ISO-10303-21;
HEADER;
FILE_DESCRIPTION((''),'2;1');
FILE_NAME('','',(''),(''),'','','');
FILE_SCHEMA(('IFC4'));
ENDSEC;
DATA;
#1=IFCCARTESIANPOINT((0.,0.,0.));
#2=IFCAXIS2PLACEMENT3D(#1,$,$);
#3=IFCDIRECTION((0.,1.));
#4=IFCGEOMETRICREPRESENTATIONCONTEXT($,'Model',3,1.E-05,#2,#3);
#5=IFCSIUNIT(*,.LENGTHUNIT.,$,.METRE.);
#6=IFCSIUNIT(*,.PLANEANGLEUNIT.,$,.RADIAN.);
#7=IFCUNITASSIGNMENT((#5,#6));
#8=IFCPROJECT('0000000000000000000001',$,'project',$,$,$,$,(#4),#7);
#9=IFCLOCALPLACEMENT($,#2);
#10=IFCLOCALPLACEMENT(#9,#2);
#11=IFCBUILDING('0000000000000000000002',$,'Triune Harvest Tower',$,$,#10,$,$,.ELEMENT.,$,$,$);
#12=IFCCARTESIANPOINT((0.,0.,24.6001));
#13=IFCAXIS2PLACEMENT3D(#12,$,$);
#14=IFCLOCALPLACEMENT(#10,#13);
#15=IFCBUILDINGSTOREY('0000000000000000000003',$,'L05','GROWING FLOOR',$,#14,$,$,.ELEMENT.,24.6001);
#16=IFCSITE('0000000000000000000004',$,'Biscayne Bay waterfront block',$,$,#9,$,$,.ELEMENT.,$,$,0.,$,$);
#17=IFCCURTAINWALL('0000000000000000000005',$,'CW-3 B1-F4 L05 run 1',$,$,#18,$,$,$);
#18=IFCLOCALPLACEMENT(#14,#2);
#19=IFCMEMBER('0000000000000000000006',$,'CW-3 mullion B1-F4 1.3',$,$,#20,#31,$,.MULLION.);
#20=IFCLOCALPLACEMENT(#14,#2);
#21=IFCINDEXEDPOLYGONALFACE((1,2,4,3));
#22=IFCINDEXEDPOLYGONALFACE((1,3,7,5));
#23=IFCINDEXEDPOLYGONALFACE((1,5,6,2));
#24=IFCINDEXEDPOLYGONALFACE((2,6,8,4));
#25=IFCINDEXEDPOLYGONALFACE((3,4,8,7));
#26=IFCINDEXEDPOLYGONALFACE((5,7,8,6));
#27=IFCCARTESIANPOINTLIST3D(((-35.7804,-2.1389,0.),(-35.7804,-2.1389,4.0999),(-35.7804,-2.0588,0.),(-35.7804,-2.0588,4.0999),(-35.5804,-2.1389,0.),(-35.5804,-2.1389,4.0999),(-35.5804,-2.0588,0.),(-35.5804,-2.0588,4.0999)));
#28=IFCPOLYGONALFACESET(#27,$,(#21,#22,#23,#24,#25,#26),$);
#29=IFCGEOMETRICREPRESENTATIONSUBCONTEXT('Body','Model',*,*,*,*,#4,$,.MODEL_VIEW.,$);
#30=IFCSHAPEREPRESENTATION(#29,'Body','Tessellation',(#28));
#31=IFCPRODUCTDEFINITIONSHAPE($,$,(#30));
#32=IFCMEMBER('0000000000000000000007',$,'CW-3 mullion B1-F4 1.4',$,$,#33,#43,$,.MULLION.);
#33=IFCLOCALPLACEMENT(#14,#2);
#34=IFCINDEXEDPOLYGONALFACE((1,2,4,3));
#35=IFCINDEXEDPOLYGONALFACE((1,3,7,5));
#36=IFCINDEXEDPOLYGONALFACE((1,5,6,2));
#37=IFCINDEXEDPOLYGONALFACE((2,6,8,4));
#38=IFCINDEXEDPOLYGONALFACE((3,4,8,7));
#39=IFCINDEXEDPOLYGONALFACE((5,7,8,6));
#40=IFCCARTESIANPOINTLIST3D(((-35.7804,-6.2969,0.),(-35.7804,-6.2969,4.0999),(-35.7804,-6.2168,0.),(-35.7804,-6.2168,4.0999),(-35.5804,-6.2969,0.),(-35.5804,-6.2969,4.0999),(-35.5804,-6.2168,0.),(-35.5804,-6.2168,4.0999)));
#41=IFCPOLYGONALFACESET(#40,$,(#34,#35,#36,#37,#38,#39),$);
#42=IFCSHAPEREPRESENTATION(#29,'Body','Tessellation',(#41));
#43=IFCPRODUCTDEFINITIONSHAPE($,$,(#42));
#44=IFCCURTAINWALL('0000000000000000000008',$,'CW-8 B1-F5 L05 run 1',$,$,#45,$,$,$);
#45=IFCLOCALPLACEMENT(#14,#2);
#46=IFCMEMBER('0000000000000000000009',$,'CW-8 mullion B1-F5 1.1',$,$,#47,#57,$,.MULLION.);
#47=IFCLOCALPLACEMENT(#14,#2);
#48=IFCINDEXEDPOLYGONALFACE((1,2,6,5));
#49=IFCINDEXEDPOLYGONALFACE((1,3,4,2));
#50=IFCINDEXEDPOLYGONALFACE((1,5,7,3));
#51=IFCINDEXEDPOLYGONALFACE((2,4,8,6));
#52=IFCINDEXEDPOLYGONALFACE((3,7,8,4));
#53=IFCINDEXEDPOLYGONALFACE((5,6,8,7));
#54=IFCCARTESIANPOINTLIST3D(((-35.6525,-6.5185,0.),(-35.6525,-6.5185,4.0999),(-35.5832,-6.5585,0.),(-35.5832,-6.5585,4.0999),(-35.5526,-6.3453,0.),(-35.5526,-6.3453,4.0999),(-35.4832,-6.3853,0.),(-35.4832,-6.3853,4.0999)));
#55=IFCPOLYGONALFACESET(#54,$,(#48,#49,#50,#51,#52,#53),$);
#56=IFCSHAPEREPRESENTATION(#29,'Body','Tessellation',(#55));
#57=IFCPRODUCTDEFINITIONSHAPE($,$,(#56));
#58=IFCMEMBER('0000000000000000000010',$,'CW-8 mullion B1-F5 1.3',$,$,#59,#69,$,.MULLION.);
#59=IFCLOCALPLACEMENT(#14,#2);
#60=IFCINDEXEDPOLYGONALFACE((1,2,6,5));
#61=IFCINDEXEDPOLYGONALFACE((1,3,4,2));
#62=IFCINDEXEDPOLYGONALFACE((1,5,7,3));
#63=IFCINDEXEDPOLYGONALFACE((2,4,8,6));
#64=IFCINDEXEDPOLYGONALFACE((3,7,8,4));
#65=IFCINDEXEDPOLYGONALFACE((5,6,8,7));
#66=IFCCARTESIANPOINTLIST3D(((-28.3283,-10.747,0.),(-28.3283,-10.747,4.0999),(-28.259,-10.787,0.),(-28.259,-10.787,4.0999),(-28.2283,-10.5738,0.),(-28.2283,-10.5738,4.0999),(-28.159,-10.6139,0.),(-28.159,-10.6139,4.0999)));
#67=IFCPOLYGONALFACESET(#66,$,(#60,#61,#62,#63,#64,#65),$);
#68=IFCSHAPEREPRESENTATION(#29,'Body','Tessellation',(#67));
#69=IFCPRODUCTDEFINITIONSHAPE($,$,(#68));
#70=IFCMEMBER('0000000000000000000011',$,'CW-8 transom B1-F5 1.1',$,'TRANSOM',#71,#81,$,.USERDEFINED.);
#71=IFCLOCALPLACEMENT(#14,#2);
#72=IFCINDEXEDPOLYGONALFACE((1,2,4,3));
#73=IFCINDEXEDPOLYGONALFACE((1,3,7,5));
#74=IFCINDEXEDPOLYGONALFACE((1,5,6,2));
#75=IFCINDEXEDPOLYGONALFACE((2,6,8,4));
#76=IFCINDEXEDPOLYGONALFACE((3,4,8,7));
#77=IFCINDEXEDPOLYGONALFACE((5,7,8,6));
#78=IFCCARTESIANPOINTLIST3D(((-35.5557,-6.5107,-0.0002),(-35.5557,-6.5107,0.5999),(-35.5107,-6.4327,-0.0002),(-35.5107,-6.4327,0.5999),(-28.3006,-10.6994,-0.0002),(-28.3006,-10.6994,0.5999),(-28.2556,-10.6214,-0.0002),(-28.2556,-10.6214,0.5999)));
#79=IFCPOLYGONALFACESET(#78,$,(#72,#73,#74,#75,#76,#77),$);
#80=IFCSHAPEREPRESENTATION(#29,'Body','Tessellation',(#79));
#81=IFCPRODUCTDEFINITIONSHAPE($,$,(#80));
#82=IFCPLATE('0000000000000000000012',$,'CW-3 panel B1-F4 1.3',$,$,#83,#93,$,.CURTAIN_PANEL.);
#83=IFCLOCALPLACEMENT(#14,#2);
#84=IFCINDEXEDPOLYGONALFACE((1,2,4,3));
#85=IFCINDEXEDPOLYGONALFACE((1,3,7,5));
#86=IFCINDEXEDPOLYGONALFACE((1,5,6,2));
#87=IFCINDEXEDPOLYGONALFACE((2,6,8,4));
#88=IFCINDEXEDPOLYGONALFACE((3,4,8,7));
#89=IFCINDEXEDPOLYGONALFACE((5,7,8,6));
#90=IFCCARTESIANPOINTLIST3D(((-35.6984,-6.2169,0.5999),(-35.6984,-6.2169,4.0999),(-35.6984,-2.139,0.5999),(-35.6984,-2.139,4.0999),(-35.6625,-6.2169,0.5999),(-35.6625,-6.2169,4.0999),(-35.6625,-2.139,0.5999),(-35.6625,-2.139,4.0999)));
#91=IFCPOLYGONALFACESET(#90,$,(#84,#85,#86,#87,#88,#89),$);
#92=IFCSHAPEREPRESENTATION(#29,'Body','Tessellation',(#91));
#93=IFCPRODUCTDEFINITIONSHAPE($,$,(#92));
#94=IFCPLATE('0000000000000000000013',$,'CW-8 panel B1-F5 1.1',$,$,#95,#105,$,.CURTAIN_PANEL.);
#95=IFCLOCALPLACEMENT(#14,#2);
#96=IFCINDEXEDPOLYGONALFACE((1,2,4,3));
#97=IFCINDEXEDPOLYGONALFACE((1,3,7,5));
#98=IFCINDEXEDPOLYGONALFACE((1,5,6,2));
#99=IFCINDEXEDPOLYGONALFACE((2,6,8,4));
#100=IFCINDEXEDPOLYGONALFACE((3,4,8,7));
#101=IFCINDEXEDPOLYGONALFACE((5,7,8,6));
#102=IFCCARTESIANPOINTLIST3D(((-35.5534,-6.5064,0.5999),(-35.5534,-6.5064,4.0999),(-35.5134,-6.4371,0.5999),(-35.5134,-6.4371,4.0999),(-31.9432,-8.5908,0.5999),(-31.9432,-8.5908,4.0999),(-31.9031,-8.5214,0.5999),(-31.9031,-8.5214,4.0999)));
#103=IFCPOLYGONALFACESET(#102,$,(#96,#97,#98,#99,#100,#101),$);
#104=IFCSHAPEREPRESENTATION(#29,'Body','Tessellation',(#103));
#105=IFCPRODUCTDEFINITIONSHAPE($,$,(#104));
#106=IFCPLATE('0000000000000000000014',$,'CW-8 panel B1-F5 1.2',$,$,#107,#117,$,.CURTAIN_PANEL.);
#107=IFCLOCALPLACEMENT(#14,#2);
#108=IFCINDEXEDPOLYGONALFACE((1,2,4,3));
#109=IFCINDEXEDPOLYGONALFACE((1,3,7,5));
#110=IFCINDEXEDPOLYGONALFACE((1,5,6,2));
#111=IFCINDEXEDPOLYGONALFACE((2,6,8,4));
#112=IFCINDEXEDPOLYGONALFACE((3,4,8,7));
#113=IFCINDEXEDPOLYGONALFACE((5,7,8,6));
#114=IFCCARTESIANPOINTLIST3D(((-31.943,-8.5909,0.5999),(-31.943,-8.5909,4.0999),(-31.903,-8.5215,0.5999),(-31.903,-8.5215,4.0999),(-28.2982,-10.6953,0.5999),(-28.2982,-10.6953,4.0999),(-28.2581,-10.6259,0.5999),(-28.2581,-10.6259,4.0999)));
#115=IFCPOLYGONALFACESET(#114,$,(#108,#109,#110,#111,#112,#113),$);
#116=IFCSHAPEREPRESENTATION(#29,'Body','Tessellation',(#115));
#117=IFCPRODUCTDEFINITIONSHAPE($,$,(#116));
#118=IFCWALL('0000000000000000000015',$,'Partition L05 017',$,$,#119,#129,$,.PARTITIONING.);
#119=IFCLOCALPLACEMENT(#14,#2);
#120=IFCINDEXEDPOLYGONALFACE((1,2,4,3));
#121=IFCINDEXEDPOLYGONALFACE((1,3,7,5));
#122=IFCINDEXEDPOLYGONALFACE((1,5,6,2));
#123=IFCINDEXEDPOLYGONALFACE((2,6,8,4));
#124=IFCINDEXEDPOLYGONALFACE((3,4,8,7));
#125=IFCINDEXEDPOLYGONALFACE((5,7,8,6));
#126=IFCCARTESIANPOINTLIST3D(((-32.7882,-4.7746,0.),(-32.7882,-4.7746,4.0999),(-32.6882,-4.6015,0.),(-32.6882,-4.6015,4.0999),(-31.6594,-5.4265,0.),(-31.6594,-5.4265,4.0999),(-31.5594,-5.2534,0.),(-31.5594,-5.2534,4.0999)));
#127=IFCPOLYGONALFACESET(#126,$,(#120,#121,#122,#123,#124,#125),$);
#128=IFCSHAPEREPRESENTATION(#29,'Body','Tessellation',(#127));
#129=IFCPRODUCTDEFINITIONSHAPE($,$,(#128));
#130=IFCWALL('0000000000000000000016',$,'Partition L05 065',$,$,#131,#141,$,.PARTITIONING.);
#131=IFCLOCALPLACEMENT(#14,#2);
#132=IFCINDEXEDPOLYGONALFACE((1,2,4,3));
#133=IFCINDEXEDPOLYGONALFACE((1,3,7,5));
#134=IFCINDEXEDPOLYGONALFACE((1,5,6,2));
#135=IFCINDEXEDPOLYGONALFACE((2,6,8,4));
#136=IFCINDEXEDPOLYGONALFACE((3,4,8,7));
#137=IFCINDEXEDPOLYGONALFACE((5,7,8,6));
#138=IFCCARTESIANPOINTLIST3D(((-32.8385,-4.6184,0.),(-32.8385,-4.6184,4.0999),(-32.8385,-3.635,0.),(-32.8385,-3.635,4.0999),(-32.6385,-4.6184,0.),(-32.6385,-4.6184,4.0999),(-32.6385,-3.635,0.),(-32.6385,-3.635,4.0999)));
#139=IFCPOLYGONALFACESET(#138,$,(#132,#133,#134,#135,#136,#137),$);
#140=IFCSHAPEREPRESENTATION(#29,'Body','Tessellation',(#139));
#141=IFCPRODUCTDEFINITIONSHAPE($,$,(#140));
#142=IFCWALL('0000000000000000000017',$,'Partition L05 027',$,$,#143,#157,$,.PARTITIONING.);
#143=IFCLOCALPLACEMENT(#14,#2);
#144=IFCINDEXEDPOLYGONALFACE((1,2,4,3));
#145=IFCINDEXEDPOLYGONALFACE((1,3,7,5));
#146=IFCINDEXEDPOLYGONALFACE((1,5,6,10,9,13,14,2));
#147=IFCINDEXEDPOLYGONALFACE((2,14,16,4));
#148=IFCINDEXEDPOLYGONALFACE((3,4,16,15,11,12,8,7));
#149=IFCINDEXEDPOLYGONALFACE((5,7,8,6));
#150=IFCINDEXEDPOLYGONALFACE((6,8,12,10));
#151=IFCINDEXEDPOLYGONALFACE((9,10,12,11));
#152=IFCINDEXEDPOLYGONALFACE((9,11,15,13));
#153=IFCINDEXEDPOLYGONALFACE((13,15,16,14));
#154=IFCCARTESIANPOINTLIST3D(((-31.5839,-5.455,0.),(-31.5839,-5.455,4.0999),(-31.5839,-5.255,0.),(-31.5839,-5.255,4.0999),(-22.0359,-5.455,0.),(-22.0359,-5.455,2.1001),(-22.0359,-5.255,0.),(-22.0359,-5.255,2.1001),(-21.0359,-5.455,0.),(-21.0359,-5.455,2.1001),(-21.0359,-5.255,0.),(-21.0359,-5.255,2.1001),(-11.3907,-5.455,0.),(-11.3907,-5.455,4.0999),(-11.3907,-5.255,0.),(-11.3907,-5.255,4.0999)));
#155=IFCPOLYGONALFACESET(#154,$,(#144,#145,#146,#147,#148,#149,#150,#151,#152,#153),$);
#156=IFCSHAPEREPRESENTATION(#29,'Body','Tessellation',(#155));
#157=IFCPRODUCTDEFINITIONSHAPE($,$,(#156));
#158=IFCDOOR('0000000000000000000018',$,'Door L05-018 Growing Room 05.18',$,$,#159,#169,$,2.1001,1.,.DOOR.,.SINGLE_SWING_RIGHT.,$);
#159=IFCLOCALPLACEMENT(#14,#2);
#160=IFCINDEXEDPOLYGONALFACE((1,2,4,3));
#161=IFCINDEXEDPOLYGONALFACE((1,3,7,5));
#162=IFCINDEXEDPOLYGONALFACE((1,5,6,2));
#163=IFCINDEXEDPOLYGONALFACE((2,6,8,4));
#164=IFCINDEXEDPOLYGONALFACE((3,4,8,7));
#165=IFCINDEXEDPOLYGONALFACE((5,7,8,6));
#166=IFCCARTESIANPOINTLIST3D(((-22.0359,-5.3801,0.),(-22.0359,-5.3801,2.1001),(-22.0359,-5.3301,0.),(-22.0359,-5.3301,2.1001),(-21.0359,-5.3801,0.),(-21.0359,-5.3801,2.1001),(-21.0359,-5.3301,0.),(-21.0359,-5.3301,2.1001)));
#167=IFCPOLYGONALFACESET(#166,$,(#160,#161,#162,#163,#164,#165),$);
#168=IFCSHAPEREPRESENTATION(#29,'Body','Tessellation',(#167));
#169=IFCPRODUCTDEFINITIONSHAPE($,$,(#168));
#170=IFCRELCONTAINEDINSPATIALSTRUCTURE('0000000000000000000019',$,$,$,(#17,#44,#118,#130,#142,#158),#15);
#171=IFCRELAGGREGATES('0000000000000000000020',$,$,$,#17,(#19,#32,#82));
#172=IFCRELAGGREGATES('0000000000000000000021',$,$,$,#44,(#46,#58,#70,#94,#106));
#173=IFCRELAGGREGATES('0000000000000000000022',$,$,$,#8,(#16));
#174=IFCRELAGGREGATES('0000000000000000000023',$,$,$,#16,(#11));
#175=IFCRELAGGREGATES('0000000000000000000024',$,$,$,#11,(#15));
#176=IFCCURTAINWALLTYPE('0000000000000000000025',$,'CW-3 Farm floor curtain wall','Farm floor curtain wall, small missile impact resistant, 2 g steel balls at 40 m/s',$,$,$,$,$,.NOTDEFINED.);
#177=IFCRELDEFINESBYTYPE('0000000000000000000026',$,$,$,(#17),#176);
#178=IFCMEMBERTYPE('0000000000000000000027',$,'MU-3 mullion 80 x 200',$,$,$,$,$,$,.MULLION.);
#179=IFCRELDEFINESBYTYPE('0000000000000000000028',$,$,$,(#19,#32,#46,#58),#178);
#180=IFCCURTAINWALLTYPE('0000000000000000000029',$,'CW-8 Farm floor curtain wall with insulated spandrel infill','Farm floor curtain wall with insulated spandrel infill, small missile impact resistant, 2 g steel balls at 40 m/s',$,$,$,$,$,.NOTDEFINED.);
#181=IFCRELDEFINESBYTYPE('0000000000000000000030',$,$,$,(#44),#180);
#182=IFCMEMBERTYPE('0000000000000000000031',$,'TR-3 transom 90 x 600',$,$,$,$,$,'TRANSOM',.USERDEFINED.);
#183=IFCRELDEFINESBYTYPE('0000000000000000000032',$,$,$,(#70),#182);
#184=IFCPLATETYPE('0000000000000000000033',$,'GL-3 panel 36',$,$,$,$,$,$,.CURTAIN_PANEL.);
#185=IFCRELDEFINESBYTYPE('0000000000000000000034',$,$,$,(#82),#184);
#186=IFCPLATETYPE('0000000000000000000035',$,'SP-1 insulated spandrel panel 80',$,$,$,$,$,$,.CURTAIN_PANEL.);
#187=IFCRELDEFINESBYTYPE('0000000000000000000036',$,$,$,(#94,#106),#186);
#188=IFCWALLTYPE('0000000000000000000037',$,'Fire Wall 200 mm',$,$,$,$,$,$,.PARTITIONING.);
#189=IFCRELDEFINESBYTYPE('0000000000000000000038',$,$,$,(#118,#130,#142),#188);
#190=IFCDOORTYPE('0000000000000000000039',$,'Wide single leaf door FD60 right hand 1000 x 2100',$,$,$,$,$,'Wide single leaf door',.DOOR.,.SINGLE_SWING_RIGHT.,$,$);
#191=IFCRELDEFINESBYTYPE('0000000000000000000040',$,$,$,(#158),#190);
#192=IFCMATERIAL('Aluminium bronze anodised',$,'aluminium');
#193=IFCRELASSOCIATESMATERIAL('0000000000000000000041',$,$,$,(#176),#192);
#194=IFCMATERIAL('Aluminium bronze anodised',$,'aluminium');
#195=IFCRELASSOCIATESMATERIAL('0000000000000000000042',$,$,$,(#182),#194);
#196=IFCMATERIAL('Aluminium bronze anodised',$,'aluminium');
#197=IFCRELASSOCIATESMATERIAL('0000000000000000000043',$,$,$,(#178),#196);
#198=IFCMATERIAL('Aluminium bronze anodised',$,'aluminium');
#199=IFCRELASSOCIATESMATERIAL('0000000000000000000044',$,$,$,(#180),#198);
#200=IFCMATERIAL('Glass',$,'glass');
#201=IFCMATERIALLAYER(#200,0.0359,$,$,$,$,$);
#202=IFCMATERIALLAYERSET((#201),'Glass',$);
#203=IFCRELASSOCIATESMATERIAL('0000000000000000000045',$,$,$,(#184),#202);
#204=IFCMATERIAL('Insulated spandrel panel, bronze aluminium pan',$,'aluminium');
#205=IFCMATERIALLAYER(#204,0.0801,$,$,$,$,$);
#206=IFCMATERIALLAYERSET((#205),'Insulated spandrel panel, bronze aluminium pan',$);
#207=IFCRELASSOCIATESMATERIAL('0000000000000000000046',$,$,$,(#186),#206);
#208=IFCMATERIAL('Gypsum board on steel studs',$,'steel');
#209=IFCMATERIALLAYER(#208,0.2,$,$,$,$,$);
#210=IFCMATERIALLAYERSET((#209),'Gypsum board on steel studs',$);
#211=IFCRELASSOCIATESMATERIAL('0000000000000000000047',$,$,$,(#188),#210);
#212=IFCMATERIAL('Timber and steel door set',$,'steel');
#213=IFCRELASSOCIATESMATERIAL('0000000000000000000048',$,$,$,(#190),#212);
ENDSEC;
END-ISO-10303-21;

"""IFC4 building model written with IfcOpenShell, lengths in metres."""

from ifc_helpers import new_model, si_unit, direction, frame, frame_2d, origin, origin_2d, place, context, subcontext, project, spatial, rectangle, extrude, source, transform, mapped, material, layer, layer_set, material_profile, profile_set, type_object, element, fill, aggregate, save


model = new_model("IFC4")

# Units and contexts
model_context = context("Model", 3, precision=1e-05, world=origin(), true_north=direction((0.0, 1.0)))
body_context = subcontext(model_context, "Body", "Model", "MODEL_VIEW")
ifc_project = project(units=[si_unit("LENGTHUNIT", "METRE"), si_unit("PLANEANGLEUNIT", "RADIAN")], contexts=[model_context])

# Site, building, storey
site_placement = place(None, origin())
site = spatial("IfcSite", under=ifc_project, at=site_placement, Name="Biscayne Bay waterfront block", CompositionType="ELEMENT", RefElevation=0.0)
building_placement = place(site_placement, origin())
building = spatial("IfcBuilding", under=site, at=building_placement, Name="Triune Harvest Tower", CompositionType="ELEMENT")
storey_placement = place(building_placement, frame((0.0, 0.0, 24.6001)))
storey = spatial("IfcBuildingStorey", under=building, at=storey_placement, Name="L05", Description="GROWING FLOOR", CompositionType="ELEMENT", Elevation=24.6001)

# Curtain walls, members
ifc_material_1 = material(Name="Aluminium bronze anodised", Category="aluminium")
curtain_wall_type_1 = type_object("IfcCurtainWallType", Name="CW-3 Farm floor curtain wall", Description="Farm floor curtain wall, small missile impact resistant, 2 g steel balls at 40 m/s", PredefinedType="NOTDEFINED", material=ifc_material_1)
curtain_wall_1_placement = place(storey_placement, origin())
curtain_wall_1 = element("IfcCurtainWall", 1, at=curtain_wall_1_placement, inside=storey, type_object=curtain_wall_type_1, Name="CW-3 B1-F4 L05 run 1")
ifc_material_2 = material(Name="Aluminium bronze anodised", Category="aluminium")
ifc_material_profile_1 = material_profile(ifc_material_2, rectangle(XDim=0.0901, YDim=0.6001, at=origin_2d()), Name="TR-3 transom 90 x 600")
ifc_profile_set_1 = profile_set([ifc_material_profile_1], Name="Aluminium bronze anodised")
member_type_1 = type_object("IfcMemberType", Name="TR-3 transom 90 x 600", ElementType="TRANSOM", PredefinedType="USERDEFINED", material=ifc_profile_set_1)
ifc_material_3 = material(Name="Aluminium bronze anodised", Category="aluminium")
ifc_material_profile_2 = material_profile(ifc_material_3, rectangle(XDim=0.2, YDim=0.0801, at=origin_2d()), Name="MU-3 mullion 80 x 200")
ifc_profile_set_2 = profile_set([ifc_material_profile_2], Name="Aluminium bronze anodised")
member_type_2 = type_object("IfcMemberType", Name="MU-3 mullion 80 x 200", PredefinedType="MULLION", material=ifc_profile_set_2)
shared_shape_1 = source(origin(), body_context, "Body", "SweptSolid", [
    extrude(rectangle(XDim=0.2, YDim=0.0801, at=origin_2d()), origin(), (0.0, 0.0, 1.0), 4.0999),
])
member_1_placement = place(storey_placement, frame((-35.6804, -2.0989, 0.0), z_axis=(0.0, 0.0, 1.0), x_axis=(1.0, 0.0, 0.0)))
member_1 = element("IfcMember", 2, at=member_1_placement, type_object=member_type_2, Name="CW-3 mullion B1-F4 1.3", PredefinedType="MULLION", context=body_context, shape_type="MappedRepresentation", body=[
    mapped(shared_shape_1, transform((0.0, 0.0, 0.0), scale=1.0)),
])
member_2_placement = place(storey_placement, frame((-35.6804, -6.2568, 0.0), z_axis=(0.0, 0.0, 1.0), x_axis=(1.0, 0.0, 0.0)))
member_2 = element("IfcMember", 3, at=member_2_placement, type_object=member_type_2, Name="CW-3 mullion B1-F4 1.4", PredefinedType="MULLION", context=body_context, shape_type="MappedRepresentation", body=[
    mapped(shared_shape_1, transform((0.0, 0.0, 0.0), scale=1.0)),
])
ifc_material_4 = material(Name="Aluminium bronze anodised", Category="aluminium")
curtain_wall_type_2 = type_object("IfcCurtainWallType", Name="CW-8 Farm floor curtain wall with insulated spandrel infill", Description="Farm floor curtain wall with insulated spandrel infill, small missile impact resistant, 2 g steel balls at 40 m/s", PredefinedType="NOTDEFINED", material=ifc_material_4)
curtain_wall_2_placement = place(storey_placement, origin())
curtain_wall_2 = element("IfcCurtainWall", 4, at=curtain_wall_2_placement, inside=storey, type_object=curtain_wall_type_2, Name="CW-8 B1-F5 L05 run 1")
member_3_placement = place(storey_placement, frame((-35.5679, -6.4519, 0.0), z_axis=(0.0, 0.0, 1.0), x_axis=(0.499999, 0.866026, 0.0)))
member_3 = element("IfcMember", 5, at=member_3_placement, type_object=member_type_2, Name="CW-8 mullion B1-F5 1.1", PredefinedType="MULLION", context=body_context, shape_type="MappedRepresentation", body=[
    mapped(shared_shape_1, transform((0.0, 0.0, 0.0), scale=1.0)),
])
member_4_placement = place(storey_placement, frame((-28.2437, -10.6804, 0.0), z_axis=(0.0, 0.0, 1.0), x_axis=(0.499999, 0.866026, 0.0)))
member_4 = element("IfcMember", 6, at=member_4_placement, type_object=member_type_2, Name="CW-8 mullion B1-F5 1.3", PredefinedType="MULLION", context=body_context, shape_type="MappedRepresentation", body=[
    mapped(shared_shape_1, transform((0.0, 0.0, 0.0), scale=1.0)),
])
shared_shape_2 = source(origin(), body_context, "Body", "SweptSolid", [
    extrude(rectangle(XDim=0.0901, YDim=0.6001, at=origin_2d()), origin(), (0.0, 0.0, 1.0), 8.3774),
])
member_5_placement = place(storey_placement, frame((-35.5332, -6.4717, 0.2998), z_axis=(0.866027, -0.499997, 0.0), x_axis=(0.499997, 0.866027, 0.0)))
member_5 = element("IfcMember", 7, at=member_5_placement, type_object=member_type_1, Name="CW-8 transom B1-F5 1.1", ObjectType="TRANSOM", PredefinedType="USERDEFINED", context=body_context, shape_type="MappedRepresentation", body=[
    mapped(shared_shape_2, transform((0.0, 0.0, 0.0), scale=1.0)),
])

# Plates
ifc_material_5 = material(Name="Glass", Category="glass")
ifc_layer_1 = layer(ifc_material_5, 0.0359)
ifc_layer_set_1 = layer_set([ifc_layer_1], Name="Glass")
plate_type_1 = type_object("IfcPlateType", Name="GL-3 panel 36", PredefinedType="CURTAIN_PANEL", material=ifc_layer_set_1)
shared_shape_3 = source(origin(), body_context, "Body", "SweptSolid", [
    extrude(rectangle(XDim=4.0779, YDim=0.0359, at=origin_2d()), origin(), (0.0, 0.0, 1.0), 3.5),
])
plate_1_placement = place(storey_placement, frame((-35.6804, -4.178, 0.5999), z_axis=(0.0, 0.0, 1.0), x_axis=(0.0, -1.0, 0.0)))
plate_1 = element("IfcPlate", 8, at=plate_1_placement, type_object=plate_type_1, Name="CW-3 panel B1-F4 1.3", PredefinedType="CURTAIN_PANEL", context=body_context, shape_type="MappedRepresentation", body=[
    mapped(shared_shape_3, transform((0.0, 0.0, 0.0), scale=1.0)),
])
aggregate(curtain_wall_1, [member_1, member_2, plate_1])
ifc_material_6 = material(Name="Insulated spandrel panel, bronze aluminium pan", Category="aluminium")
ifc_layer_2 = layer(ifc_material_6, 0.0801)
ifc_layer_set_2 = layer_set([ifc_layer_2], Name="Insulated spandrel panel, bronze aluminium pan")
plate_type_2 = type_object("IfcPlateType", Name="SP-1 insulated spandrel panel 80", PredefinedType="CURTAIN_PANEL", material=ifc_layer_set_2)
shared_shape_4 = source(origin(), body_context, "Body", "SweptSolid", [
    extrude(rectangle(XDim=4.1687, YDim=0.0801, at=origin_2d()), origin(), (0.0, 0.0, 1.0), 3.5),
])
plate_2_placement = place(storey_placement, frame((-33.7283, -7.5139, 0.5999), z_axis=(0.0, 0.0, 1.0), x_axis=(0.866026, -0.499999, 0.0)))
plate_2 = element("IfcPlate", 9, at=plate_2_placement, type_object=plate_type_2, Name="CW-8 panel B1-F5 1.1", PredefinedType="CURTAIN_PANEL", context=body_context, shape_type="MappedRepresentation", body=[
    mapped(shared_shape_4, transform((0.0, 0.0, 0.0), scale=1.0)),
])
shared_shape_5 = source(origin(), body_context, "Body", "SweptSolid", [
    extrude(rectangle(XDim=4.2087, YDim=0.0801, at=origin_2d()), origin(), (0.0, 0.0, 1.0), 3.5),
])
plate_3_placement = place(storey_placement, frame((-30.1006, -9.6084, 0.5999), z_axis=(0.0, 0.0, 1.0), x_axis=(0.866026, -0.499999, 0.0)))
plate_3 = element("IfcPlate", 10, at=plate_3_placement, type_object=plate_type_2, Name="CW-8 panel B1-F5 1.2", PredefinedType="CURTAIN_PANEL", context=body_context, shape_type="MappedRepresentation", body=[
    mapped(shared_shape_5, transform((0.0, 0.0, 0.0), scale=1.0)),
])
aggregate(curtain_wall_2, [member_3, member_4, member_5, plate_2, plate_3])

# Walls
ifc_material_7 = material(Name="Gypsum board on steel studs", Category="steel")
ifc_layer_3 = layer(ifc_material_7, 0.2)
ifc_layer_set_3 = layer_set([ifc_layer_3], Name="Gypsum board on steel studs")
wall_type_1 = type_object("IfcWallType", Name="Fire Wall 200 mm", PredefinedType="PARTITIONING", material=ifc_layer_set_3)
shared_shape_6 = source(origin(), body_context, "Body", "SweptSolid", [
    extrude(rectangle(XDim=1.3035, YDim=0.2, at=frame_2d((0.6519, 0.0))), origin(), (0.0, 0.0, 1.0), 4.0999),
])
wall_1_placement = place(storey_placement, frame((-32.7383, -4.688, 0.0), z_axis=(0.0, 0.0, 1.0), x_axis=(0.865952, -0.500128, 0.0)))
element("IfcWall", 11, at=wall_1_placement, inside=storey, type_object=wall_type_1, Name="Partition L05 017", PredefinedType="PARTITIONING", context=body_context, shape_type="MappedRepresentation", body=[
    mapped(shared_shape_6, transform((0.0, 0.0, 0.0), scale=1.0)),
])
shared_shape_7 = source(origin(), body_context, "Body", "SweptSolid", [
    extrude(rectangle(XDim=0.9834, YDim=0.2, at=frame_2d((0.4917, 0.0))), origin(), (0.0, 0.0, 1.0), 4.0999),
])
wall_2_placement = place(storey_placement, frame((-32.7385, -4.6184, 0.0), z_axis=(0.0, 0.0, 1.0), x_axis=(0.0, 1.0, 0.0)))
element("IfcWall", 12, at=wall_2_placement, inside=storey, type_object=wall_type_1, Name="Partition L05 065", PredefinedType="PARTITIONING", context=body_context, shape_type="MappedRepresentation", body=[
    mapped(shared_shape_7, transform((0.0, 0.0, 0.0), scale=1.0)),
])

# Wall, opening, door
shared_shape_8 = source(origin(), body_context, "Body", "SweptSolid", [
    extrude(rectangle(XDim=20.1931, YDim=0.2, at=frame_2d((10.0967, 0.0))), origin(), (0.0, 0.0, 1.0), 4.0999),
])
wall_3_placement = place(storey_placement, frame((-31.584, -5.355, 0.0), z_axis=(0.0, 0.0, 1.0), x_axis=(1.0, 0.0, 0.0)))
wall_3 = element("IfcWall", 13, at=wall_3_placement, inside=storey, type_object=wall_type_1, Name="Partition L05 027", PredefinedType="PARTITIONING", context=body_context, shape_type="MappedRepresentation", body=[
    mapped(shared_shape_8, transform((0.0, 0.0, 0.0), scale=1.0)),
])
opening_1_placement = place(wall_3_placement, frame((9.5481, 0.0, 0.0)))
opening_1 = element("IfcOpeningElement", 14, at=opening_1_placement, cuts=wall_3, PredefinedType="OPENING", context=body_context, shape_type="SweptSolid", body=[
    extrude(rectangle(XDim=1.0, YDim=2.1001, at=frame_2d((0.5, 1.05))), frame((0.0, 0.1099, 0.0), z_axis=(0.0, -1.0, 0.0), x_axis=(1.0, 0.0, 0.0)), (0.0, 0.0, 1.0), 0.22),
])
ifc_material_8 = material(Name="Timber and steel door set", Category="steel")
door_type = type_object("IfcDoorType", Name="Wide single leaf door FD60 right hand 1000 x 2100", ElementType="Wide single leaf door", OperationType="SINGLE_SWING_RIGHT", PredefinedType="DOOR", material=ifc_material_8)
door_1_placement = place(opening_1_placement, origin())
door_1 = element("IfcDoor", 15, at=door_1_placement, inside=storey, type_object=door_type, Name="Door L05-018 Growing Room 05.18", OperationType="SINGLE_SWING_RIGHT", OverallHeight=2.1001, OverallWidth=1.0, PredefinedType="DOOR", context=body_context, shape_type="SweptSolid", body=[
    extrude(rectangle(XDim=1.0, YDim=2.1001, at=frame_2d((0.5, 1.05))), frame((0.0, 0.0249, 0.0), z_axis=(0.0, -1.0, 0.0), x_axis=(1.0, 0.0, 0.0)), (0.0, 0.0, 1.0), 0.05),
])
fill(opening_1, door_1)

save(model, "model.ifc")
